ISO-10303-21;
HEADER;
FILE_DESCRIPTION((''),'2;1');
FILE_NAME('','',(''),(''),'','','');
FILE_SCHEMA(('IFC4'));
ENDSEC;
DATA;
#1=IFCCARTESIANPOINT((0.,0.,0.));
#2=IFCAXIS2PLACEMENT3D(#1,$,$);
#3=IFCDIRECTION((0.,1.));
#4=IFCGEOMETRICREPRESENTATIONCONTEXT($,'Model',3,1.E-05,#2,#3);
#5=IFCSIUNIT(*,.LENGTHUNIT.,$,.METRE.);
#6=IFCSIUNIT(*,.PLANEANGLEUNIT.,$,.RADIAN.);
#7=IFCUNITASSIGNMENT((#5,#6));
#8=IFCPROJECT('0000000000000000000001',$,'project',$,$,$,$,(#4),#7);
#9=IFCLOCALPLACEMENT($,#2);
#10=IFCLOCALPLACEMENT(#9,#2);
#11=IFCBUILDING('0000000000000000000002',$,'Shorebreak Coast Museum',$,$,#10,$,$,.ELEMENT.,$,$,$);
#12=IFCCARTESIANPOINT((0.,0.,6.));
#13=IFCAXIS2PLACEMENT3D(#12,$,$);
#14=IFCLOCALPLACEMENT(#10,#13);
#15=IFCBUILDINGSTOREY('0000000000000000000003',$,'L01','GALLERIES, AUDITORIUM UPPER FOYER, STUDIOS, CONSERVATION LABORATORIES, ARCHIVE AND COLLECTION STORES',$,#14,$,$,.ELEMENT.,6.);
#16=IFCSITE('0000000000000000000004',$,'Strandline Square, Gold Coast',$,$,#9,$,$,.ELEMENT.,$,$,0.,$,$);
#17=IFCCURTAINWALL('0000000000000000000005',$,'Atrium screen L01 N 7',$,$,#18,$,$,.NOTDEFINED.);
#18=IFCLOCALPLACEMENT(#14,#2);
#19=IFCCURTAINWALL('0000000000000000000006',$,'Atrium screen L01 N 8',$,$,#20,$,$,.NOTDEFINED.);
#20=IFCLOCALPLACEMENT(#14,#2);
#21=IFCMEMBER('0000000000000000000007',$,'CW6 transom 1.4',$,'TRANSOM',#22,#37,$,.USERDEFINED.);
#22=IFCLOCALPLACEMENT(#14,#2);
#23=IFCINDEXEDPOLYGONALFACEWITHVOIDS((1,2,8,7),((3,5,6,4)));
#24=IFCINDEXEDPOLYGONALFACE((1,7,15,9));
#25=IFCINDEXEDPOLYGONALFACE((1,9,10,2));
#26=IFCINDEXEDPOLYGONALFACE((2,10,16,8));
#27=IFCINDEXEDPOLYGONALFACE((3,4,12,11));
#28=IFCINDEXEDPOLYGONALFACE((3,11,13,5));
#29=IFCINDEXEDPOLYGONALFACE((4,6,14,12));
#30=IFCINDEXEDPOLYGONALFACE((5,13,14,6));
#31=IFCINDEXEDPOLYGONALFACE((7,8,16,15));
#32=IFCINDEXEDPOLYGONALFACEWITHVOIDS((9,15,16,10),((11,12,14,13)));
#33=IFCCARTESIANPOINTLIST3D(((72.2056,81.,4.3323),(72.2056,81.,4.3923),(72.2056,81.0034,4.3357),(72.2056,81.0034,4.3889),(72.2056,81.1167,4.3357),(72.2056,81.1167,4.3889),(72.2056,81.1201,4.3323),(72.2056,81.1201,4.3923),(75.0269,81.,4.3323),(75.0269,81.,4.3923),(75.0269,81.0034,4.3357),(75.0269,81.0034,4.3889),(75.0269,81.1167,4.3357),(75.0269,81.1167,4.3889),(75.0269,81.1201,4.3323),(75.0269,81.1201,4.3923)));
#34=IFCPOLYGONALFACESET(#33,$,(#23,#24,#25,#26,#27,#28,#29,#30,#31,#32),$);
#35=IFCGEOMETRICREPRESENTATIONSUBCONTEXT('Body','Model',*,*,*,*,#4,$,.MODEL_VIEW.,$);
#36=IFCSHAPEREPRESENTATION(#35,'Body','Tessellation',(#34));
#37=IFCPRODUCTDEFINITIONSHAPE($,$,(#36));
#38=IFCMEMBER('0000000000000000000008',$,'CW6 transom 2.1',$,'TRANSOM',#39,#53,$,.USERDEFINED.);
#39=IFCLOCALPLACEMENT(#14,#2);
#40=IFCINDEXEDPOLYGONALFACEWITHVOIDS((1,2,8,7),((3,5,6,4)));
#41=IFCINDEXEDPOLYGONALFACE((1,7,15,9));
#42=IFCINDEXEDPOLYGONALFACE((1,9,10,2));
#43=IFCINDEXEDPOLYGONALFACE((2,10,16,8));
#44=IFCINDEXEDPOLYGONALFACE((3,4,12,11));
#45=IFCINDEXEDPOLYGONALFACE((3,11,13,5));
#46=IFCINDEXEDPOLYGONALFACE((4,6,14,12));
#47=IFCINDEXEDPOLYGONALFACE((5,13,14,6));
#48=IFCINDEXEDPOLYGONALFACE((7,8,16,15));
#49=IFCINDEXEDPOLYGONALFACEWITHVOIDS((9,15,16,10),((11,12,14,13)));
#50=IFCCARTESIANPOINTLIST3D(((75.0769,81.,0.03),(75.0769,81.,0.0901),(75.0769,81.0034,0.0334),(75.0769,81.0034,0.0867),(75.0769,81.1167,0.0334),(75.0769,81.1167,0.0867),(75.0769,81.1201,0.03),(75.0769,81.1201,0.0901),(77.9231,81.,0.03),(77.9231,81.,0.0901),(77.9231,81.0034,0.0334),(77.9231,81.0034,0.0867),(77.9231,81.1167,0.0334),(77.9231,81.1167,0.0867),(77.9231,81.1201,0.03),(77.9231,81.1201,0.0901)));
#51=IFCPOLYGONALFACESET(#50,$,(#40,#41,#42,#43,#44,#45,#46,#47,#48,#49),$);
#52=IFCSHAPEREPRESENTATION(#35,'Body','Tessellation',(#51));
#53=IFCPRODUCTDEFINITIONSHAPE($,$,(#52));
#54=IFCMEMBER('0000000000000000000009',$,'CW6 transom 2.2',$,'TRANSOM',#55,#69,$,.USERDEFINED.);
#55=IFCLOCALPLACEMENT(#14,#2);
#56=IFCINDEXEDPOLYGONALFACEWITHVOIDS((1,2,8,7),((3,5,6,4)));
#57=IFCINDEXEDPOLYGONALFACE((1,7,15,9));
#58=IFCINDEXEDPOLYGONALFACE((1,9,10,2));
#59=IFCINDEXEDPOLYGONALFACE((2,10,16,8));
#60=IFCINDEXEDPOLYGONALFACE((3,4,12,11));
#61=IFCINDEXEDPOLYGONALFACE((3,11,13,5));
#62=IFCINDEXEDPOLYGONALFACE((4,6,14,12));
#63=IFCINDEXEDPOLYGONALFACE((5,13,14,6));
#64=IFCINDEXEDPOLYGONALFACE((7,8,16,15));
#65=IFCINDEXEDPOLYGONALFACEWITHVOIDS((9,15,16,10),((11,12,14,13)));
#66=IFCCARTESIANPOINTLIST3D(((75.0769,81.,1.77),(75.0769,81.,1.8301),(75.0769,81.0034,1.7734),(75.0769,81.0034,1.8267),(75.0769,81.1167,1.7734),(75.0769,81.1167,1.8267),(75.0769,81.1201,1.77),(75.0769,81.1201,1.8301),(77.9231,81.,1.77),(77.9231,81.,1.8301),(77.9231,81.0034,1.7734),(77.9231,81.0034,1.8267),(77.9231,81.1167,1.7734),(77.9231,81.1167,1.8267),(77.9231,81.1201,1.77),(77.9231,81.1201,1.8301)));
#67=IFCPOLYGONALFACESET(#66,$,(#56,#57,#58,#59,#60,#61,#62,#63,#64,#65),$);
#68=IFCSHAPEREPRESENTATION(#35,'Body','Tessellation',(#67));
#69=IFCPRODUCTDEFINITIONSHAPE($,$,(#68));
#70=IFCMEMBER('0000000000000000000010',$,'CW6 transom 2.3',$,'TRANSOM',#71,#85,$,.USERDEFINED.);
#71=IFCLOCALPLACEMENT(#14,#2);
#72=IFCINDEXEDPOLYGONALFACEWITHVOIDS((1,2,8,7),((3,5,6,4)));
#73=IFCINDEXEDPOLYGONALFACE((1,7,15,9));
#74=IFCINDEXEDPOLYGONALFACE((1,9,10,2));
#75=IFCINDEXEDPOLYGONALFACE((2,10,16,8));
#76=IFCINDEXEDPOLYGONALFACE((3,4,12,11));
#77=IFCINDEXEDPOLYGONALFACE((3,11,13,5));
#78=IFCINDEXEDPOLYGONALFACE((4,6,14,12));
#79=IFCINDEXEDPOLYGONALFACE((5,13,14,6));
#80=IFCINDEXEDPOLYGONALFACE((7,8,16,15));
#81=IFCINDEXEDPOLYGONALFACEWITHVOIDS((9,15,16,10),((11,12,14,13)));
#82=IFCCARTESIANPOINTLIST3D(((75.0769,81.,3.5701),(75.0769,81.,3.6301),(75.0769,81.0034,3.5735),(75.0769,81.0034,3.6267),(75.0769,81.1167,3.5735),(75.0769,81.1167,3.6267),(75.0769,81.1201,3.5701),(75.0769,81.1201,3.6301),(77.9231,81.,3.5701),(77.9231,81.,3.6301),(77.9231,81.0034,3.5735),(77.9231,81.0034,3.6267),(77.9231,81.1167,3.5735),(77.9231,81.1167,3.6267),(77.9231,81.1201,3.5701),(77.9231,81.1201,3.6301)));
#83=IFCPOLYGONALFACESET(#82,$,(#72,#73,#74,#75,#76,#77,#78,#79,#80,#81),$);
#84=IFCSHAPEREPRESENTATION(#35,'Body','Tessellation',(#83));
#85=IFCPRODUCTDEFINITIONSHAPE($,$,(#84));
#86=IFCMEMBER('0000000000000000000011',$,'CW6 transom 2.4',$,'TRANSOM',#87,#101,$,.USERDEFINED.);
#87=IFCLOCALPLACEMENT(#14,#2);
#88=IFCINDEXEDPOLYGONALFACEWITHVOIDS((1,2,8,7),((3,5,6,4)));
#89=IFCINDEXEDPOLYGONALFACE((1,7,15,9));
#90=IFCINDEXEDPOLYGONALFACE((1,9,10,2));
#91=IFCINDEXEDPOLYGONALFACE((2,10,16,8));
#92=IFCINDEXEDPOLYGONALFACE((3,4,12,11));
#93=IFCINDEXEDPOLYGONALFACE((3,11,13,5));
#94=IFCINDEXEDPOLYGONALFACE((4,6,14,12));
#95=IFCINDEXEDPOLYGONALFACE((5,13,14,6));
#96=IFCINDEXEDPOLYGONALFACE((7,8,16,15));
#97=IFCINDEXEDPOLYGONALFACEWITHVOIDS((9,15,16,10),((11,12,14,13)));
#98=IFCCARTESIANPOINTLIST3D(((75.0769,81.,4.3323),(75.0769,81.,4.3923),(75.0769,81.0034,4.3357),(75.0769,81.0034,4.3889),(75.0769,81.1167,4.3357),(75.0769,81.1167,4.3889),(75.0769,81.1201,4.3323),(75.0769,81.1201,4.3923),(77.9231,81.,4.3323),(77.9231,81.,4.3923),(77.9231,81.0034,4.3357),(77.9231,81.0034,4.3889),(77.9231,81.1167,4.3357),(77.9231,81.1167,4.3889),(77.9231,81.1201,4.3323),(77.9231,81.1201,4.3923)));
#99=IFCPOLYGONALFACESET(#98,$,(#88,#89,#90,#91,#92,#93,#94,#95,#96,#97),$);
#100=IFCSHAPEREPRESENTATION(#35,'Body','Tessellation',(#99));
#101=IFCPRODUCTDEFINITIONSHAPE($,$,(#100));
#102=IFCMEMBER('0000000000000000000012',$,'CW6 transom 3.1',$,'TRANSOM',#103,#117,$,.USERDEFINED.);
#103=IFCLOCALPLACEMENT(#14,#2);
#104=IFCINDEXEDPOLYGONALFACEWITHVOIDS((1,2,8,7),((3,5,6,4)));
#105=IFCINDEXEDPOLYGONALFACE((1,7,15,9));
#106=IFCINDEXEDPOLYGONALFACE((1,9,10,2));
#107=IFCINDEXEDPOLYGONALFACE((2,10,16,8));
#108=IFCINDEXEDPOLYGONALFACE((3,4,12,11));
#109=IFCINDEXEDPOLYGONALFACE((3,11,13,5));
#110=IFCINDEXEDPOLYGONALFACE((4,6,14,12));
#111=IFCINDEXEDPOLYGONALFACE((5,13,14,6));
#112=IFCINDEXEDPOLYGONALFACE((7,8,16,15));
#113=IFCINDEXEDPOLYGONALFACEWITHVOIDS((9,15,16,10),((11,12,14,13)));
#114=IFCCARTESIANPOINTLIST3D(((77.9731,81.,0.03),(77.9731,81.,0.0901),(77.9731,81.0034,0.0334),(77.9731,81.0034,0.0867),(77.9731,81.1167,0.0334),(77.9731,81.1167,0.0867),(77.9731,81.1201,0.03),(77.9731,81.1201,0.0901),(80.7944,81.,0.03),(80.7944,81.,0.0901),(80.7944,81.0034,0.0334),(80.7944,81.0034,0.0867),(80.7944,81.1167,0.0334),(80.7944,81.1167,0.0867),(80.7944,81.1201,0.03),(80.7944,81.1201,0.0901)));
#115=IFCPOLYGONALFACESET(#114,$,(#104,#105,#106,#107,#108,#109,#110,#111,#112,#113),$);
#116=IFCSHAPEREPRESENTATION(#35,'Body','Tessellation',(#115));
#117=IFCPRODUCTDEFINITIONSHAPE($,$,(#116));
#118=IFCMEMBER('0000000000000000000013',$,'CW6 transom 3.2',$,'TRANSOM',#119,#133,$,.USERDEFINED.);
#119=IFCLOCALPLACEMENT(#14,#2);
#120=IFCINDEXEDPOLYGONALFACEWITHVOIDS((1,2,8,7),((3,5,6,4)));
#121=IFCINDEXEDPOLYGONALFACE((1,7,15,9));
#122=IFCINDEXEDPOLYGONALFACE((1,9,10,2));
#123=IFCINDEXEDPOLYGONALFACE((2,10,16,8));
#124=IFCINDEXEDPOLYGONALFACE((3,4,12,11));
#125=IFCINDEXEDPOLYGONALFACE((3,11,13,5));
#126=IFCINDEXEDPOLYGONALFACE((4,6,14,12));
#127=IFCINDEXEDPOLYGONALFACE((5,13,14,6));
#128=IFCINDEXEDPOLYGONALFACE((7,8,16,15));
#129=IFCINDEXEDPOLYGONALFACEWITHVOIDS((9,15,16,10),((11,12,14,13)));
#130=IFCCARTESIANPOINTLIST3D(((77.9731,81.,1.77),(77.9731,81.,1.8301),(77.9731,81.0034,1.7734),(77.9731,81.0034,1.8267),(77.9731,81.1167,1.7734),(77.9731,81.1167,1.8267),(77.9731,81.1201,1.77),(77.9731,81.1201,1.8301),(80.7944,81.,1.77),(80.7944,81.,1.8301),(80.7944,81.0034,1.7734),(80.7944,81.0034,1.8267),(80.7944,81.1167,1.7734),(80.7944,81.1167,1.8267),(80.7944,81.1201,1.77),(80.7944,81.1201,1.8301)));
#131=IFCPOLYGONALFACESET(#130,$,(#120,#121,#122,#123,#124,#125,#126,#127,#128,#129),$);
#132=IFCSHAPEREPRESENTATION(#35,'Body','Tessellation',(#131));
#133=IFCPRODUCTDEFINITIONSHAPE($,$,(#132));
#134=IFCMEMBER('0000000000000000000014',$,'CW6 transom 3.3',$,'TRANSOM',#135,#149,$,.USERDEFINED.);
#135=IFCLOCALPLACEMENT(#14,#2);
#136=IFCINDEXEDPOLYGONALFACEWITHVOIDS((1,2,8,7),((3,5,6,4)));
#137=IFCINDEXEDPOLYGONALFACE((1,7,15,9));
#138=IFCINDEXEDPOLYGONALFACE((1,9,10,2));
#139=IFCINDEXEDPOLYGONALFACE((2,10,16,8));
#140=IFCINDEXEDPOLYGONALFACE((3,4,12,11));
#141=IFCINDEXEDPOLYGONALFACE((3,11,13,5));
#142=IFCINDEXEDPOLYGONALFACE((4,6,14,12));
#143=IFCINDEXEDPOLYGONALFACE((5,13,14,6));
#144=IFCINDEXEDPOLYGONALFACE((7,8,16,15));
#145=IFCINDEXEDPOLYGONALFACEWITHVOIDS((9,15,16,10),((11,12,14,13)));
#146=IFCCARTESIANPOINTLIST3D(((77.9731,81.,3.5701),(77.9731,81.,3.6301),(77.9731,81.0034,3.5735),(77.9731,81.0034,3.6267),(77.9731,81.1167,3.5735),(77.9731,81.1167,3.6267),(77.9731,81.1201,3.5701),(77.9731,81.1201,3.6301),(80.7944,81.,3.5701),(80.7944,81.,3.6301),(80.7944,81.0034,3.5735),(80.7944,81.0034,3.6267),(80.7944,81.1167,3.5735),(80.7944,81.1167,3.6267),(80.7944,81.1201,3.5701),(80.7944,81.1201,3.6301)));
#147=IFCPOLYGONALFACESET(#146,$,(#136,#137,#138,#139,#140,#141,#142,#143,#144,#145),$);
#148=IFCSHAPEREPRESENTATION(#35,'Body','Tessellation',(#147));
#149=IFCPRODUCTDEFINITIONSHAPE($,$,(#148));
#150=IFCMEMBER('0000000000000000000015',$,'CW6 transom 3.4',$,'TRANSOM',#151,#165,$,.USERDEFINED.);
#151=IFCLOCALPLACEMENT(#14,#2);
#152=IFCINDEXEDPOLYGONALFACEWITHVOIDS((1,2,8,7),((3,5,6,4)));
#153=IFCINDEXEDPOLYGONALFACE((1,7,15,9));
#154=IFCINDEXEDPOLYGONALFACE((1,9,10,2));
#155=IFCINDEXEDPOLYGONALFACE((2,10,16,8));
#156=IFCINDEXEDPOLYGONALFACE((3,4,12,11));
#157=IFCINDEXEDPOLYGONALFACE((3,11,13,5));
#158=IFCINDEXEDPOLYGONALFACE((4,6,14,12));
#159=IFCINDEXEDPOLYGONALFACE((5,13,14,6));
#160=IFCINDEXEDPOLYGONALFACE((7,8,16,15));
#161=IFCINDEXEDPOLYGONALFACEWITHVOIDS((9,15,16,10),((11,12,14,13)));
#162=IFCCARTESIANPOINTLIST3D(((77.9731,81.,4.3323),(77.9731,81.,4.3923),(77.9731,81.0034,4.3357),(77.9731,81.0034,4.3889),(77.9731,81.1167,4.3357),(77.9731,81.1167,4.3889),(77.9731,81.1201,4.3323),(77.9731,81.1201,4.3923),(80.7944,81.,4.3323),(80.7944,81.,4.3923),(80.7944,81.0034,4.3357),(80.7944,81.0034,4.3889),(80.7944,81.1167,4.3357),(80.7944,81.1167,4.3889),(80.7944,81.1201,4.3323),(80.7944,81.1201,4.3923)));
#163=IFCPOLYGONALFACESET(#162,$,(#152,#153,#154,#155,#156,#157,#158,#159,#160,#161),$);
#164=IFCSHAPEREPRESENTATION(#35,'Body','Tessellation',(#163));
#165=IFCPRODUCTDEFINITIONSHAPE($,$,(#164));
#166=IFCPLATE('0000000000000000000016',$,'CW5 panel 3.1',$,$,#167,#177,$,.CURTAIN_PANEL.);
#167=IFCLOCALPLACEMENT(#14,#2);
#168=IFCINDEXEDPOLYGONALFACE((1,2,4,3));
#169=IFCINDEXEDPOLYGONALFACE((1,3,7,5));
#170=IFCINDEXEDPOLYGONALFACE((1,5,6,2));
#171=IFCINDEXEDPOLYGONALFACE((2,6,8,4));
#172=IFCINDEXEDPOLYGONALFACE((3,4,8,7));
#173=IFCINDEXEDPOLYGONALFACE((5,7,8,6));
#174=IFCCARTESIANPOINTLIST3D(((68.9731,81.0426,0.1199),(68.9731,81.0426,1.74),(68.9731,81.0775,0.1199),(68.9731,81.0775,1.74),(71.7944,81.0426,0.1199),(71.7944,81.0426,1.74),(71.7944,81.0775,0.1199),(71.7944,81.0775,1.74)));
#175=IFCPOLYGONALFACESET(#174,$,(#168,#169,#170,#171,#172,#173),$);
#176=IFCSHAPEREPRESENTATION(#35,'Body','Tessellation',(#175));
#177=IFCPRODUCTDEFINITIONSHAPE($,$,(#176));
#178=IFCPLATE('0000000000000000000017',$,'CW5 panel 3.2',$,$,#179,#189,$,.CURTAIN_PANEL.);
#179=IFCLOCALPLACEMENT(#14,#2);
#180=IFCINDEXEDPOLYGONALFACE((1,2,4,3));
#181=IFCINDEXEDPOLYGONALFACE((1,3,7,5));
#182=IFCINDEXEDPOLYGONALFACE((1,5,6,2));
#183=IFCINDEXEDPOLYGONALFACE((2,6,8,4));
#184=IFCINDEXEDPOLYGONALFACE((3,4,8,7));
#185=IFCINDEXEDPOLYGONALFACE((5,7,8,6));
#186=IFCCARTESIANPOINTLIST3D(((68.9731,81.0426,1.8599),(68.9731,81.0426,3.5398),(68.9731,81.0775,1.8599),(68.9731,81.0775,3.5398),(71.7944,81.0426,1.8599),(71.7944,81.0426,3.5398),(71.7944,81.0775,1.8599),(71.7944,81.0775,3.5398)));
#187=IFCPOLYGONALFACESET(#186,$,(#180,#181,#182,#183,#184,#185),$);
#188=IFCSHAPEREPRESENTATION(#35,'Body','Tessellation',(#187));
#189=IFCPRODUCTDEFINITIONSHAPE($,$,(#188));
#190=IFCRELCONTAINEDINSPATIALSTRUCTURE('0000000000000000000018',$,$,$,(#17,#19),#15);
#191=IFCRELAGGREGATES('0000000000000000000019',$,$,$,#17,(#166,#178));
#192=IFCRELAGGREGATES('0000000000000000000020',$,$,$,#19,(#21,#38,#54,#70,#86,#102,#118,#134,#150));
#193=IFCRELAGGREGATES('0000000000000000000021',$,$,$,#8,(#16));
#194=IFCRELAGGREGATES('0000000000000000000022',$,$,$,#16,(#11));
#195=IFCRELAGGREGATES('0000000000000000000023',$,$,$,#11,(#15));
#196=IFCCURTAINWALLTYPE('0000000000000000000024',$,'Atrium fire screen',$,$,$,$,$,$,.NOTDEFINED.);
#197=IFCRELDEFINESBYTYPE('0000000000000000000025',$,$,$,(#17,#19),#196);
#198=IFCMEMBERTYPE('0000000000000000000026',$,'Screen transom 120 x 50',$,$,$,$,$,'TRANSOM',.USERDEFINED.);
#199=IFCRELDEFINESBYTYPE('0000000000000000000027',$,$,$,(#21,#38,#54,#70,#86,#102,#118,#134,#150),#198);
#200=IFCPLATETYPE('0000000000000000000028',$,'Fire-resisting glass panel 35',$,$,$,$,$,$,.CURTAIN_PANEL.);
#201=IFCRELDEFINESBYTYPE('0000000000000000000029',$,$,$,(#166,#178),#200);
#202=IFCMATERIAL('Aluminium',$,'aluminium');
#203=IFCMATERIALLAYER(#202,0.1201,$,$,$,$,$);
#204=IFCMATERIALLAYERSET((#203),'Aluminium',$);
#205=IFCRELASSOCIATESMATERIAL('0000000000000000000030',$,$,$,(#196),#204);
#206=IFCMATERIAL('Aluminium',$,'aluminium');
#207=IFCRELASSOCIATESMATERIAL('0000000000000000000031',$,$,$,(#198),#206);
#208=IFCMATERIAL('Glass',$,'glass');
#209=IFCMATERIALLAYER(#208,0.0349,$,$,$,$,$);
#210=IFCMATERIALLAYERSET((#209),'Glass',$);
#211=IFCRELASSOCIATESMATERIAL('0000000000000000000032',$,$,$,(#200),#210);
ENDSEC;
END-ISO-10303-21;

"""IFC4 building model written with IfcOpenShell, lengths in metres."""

from ifc_helpers import new_model, si_unit, direction, frame, origin, origin_2d, place, context, subcontext, project, spatial, rectangle, hollow_rectangle, extrude, material, layer, layer_set, material_profile, profile_set, type_object, element, aggregate, save


model = new_model("IFC4")

# Units and contexts
model_context = context("Model", 3, precision=1e-05, world=origin(), true_north=direction((0.0, 1.0)))
body_context = subcontext(model_context, "Body", "Model", "MODEL_VIEW")
ifc_project = project(units=[si_unit("LENGTHUNIT", "METRE"), si_unit("PLANEANGLEUNIT", "RADIAN")], contexts=[model_context])

# Site, building, storey
site_placement = place(None, origin())
site = spatial("IfcSite", under=ifc_project, at=site_placement, Name="Strandline Square, Gold Coast", CompositionType="ELEMENT", RefElevation=0.0)
building_placement = place(site_placement, origin())
building = spatial("IfcBuilding", under=site, at=building_placement, Name="Shorebreak Coast Museum", CompositionType="ELEMENT")
storey_placement = place(building_placement, frame((0.0, 0.0, 6.0)))
storey = spatial("IfcBuildingStorey", under=building, at=storey_placement, Name="L01", Description="GALLERIES, AUDITORIUM UPPER FOYER, STUDIOS, CONSERVATION LABORATORIES, ARCHIVE AND COLLECTION STORES", CompositionType="ELEMENT", Elevation=6.0)

# Curtain wall
ifc_material_1 = material(Name="Aluminium", Category="aluminium")
ifc_layer_1 = layer(ifc_material_1, 0.1201)
ifc_layer_set_1 = layer_set([ifc_layer_1], Name="Aluminium")
curtain_wall_type = type_object("IfcCurtainWallType", Name="Atrium fire screen", PredefinedType="NOTDEFINED", material=ifc_layer_set_1)
curtain_wall_1_placement = place(storey_placement, origin())
curtain_wall_1 = element("IfcCurtainWall", 1, at=curtain_wall_1_placement, inside=storey, type_object=curtain_wall_type, Name="Atrium screen L01 N 7", PredefinedType="NOTDEFINED")

# Curtain wall
curtain_wall_2_placement = place(storey_placement, origin())
curtain_wall_2 = element("IfcCurtainWall", 2, at=curtain_wall_2_placement, inside=storey, type_object=curtain_wall_type, Name="Atrium screen L01 N 8", PredefinedType="NOTDEFINED")

# Members
ifc_material_2 = material(Name="Aluminium", Category="aluminium")
ifc_material_profile_1 = material_profile(ifc_material_2, hollow_rectangle(XDim=0.1201, YDim=0.0601, WallThickness=0.0034, at=origin_2d()), Name="AL 60x120 RHS")
ifc_profile_set_1 = profile_set([ifc_material_profile_1], Name="Aluminium")
member_type_1 = type_object("IfcMemberType", Name="Screen transom 120 x 50", ElementType="TRANSOM", PredefinedType="USERDEFINED", material=ifc_profile_set_1)
member_1_placement = place(storey_placement, frame((72.2056, 81.0601, 4.3623), z_axis=(1.0, 0.0, 0.0), x_axis=(0.0, 1.0, 0.0)))
member_1 = element("IfcMember", 3, at=member_1_placement, type_object=member_type_1, Name="CW6 transom 1.4", ObjectType="TRANSOM", PredefinedType="USERDEFINED", context=body_context, shape_type="SweptSolid", body=[
    extrude(hollow_rectangle(XDim=0.1201, YDim=0.0601, WallThickness=0.0034, at=origin_2d()), origin(), (0.0, 0.0, 1.0), 2.8213),
])
member_2_placement = place(storey_placement, frame((75.0769, 81.0601, 0.0601), z_axis=(1.0, 0.0, 0.0), x_axis=(0.0, 1.0, 0.0)))
member_2 = element("IfcMember", 4, at=member_2_placement, type_object=member_type_1, Name="CW6 transom 2.1", ObjectType="TRANSOM", PredefinedType="USERDEFINED", context=body_context, shape_type="SweptSolid", body=[
    extrude(hollow_rectangle(XDim=0.1201, YDim=0.0601, WallThickness=0.0034, at=origin_2d()), origin(), (0.0, 0.0, 1.0), 2.8462),
])
member_3_placement = place(storey_placement, frame((75.0769, 81.0601, 1.8), z_axis=(1.0, 0.0, 0.0), x_axis=(0.0, 1.0, 0.0)))
member_3 = element("IfcMember", 5, at=member_3_placement, type_object=member_type_1, Name="CW6 transom 2.2", ObjectType="TRANSOM", PredefinedType="USERDEFINED", context=body_context, shape_type="SweptSolid", body=[
    extrude(hollow_rectangle(XDim=0.1201, YDim=0.0601, WallThickness=0.0034, at=origin_2d()), origin(), (0.0, 0.0, 1.0), 2.8462),
])
member_4_placement = place(storey_placement, frame((75.0769, 81.0601, 3.6001), z_axis=(1.0, 0.0, 0.0), x_axis=(0.0, 1.0, 0.0)))
member_4 = element("IfcMember", 6, at=member_4_placement, type_object=member_type_1, Name="CW6 transom 2.3", ObjectType="TRANSOM", PredefinedType="USERDEFINED", context=body_context, shape_type="SweptSolid", body=[
    extrude(hollow_rectangle(XDim=0.1201, YDim=0.0601, WallThickness=0.0034, at=origin_2d()), origin(), (0.0, 0.0, 1.0), 2.8462),
])
member_5_placement = place(storey_placement, frame((75.0769, 81.0601, 4.3623), z_axis=(1.0, 0.0, 0.0), x_axis=(0.0, 1.0, 0.0)))
member_5 = element("IfcMember", 7, at=member_5_placement, type_object=member_type_1, Name="CW6 transom 2.4", ObjectType="TRANSOM", PredefinedType="USERDEFINED", context=body_context, shape_type="SweptSolid", body=[
    extrude(hollow_rectangle(XDim=0.1201, YDim=0.0601, WallThickness=0.0034, at=origin_2d()), origin(), (0.0, 0.0, 1.0), 2.8462),
])
member_6_placement = place(storey_placement, frame((77.9731, 81.0601, 0.0601), z_axis=(1.0, 0.0, 0.0), x_axis=(0.0, 1.0, 0.0)))
member_6 = element("IfcMember", 8, at=member_6_placement, type_object=member_type_1, Name="CW6 transom 3.1", ObjectType="TRANSOM", PredefinedType="USERDEFINED", context=body_context, shape_type="SweptSolid", body=[
    extrude(hollow_rectangle(XDim=0.1201, YDim=0.0601, WallThickness=0.0034, at=origin_2d()), origin(), (0.0, 0.0, 1.0), 2.8213),
])
member_7_placement = place(storey_placement, frame((77.9731, 81.0601, 1.8), z_axis=(1.0, 0.0, 0.0), x_axis=(0.0, 1.0, 0.0)))
member_7 = element("IfcMember", 9, at=member_7_placement, type_object=member_type_1, Name="CW6 transom 3.2", ObjectType="TRANSOM", PredefinedType="USERDEFINED", context=body_context, shape_type="SweptSolid", body=[
    extrude(hollow_rectangle(XDim=0.1201, YDim=0.0601, WallThickness=0.0034, at=origin_2d()), origin(), (0.0, 0.0, 1.0), 2.8213),
])
member_8_placement = place(storey_placement, frame((77.9731, 81.0601, 3.6001), z_axis=(1.0, 0.0, 0.0), x_axis=(0.0, 1.0, 0.0)))
member_8 = element("IfcMember", 10, at=member_8_placement, type_object=member_type_1, Name="CW6 transom 3.3", ObjectType="TRANSOM", PredefinedType="USERDEFINED", context=body_context, shape_type="SweptSolid", body=[
    extrude(hollow_rectangle(XDim=0.1201, YDim=0.0601, WallThickness=0.0034, at=origin_2d()), origin(), (0.0, 0.0, 1.0), 2.8213),
])
member_9_placement = place(storey_placement, frame((77.9731, 81.0601, 4.3623), z_axis=(1.0, 0.0, 0.0), x_axis=(0.0, 1.0, 0.0)))
member_9 = element("IfcMember", 11, at=member_9_placement, type_object=member_type_1, Name="CW6 transom 3.4", ObjectType="TRANSOM", PredefinedType="USERDEFINED", context=body_context, shape_type="SweptSolid", body=[
    extrude(hollow_rectangle(XDim=0.1201, YDim=0.0601, WallThickness=0.0034, at=origin_2d()), origin(), (0.0, 0.0, 1.0), 2.8213),
])

# Plates
ifc_material_3 = material(Name="Glass", Category="glass")
ifc_layer_2 = layer(ifc_material_3, 0.0349)
ifc_layer_set_2 = layer_set([ifc_layer_2], Name="Glass")
plate_type = type_object("IfcPlateType", Name="Fire-resisting glass panel 35", PredefinedType="CURTAIN_PANEL", material=ifc_layer_set_2)
plate_1_placement = place(storey_placement, frame((70.3838, 81.0601, 0.1199), z_axis=(0.0, 0.0, 1.0), x_axis=(1.0, 0.0, 0.0)))
plate_1 = element("IfcPlate", 12, at=plate_1_placement, type_object=plate_type, Name="CW5 panel 3.1", PredefinedType="CURTAIN_PANEL", context=body_context, shape_type="SweptSolid", body=[
    extrude(rectangle(XDim=2.8213, YDim=0.0349, at=origin_2d()), origin(), (0.0, 0.0, 1.0), 1.6201),
])
plate_2_placement = place(storey_placement, frame((70.3838, 81.0601, 1.8599), z_axis=(0.0, 0.0, 1.0), x_axis=(1.0, 0.0, 0.0)))
plate_2 = element("IfcPlate", 13, at=plate_2_placement, type_object=plate_type, Name="CW5 panel 3.2", PredefinedType="CURTAIN_PANEL", context=body_context, shape_type="SweptSolid", body=[
    extrude(rectangle(XDim=2.8213, YDim=0.0349, at=origin_2d()), origin(), (0.0, 0.0, 1.0), 1.6799),
])
aggregate(curtain_wall_1, [plate_1, plate_2])
aggregate(curtain_wall_2, [member_1, member_2, member_3, member_4, member_5, member_6, member_7, member_8, member_9])

save(model, "model.ifc")
